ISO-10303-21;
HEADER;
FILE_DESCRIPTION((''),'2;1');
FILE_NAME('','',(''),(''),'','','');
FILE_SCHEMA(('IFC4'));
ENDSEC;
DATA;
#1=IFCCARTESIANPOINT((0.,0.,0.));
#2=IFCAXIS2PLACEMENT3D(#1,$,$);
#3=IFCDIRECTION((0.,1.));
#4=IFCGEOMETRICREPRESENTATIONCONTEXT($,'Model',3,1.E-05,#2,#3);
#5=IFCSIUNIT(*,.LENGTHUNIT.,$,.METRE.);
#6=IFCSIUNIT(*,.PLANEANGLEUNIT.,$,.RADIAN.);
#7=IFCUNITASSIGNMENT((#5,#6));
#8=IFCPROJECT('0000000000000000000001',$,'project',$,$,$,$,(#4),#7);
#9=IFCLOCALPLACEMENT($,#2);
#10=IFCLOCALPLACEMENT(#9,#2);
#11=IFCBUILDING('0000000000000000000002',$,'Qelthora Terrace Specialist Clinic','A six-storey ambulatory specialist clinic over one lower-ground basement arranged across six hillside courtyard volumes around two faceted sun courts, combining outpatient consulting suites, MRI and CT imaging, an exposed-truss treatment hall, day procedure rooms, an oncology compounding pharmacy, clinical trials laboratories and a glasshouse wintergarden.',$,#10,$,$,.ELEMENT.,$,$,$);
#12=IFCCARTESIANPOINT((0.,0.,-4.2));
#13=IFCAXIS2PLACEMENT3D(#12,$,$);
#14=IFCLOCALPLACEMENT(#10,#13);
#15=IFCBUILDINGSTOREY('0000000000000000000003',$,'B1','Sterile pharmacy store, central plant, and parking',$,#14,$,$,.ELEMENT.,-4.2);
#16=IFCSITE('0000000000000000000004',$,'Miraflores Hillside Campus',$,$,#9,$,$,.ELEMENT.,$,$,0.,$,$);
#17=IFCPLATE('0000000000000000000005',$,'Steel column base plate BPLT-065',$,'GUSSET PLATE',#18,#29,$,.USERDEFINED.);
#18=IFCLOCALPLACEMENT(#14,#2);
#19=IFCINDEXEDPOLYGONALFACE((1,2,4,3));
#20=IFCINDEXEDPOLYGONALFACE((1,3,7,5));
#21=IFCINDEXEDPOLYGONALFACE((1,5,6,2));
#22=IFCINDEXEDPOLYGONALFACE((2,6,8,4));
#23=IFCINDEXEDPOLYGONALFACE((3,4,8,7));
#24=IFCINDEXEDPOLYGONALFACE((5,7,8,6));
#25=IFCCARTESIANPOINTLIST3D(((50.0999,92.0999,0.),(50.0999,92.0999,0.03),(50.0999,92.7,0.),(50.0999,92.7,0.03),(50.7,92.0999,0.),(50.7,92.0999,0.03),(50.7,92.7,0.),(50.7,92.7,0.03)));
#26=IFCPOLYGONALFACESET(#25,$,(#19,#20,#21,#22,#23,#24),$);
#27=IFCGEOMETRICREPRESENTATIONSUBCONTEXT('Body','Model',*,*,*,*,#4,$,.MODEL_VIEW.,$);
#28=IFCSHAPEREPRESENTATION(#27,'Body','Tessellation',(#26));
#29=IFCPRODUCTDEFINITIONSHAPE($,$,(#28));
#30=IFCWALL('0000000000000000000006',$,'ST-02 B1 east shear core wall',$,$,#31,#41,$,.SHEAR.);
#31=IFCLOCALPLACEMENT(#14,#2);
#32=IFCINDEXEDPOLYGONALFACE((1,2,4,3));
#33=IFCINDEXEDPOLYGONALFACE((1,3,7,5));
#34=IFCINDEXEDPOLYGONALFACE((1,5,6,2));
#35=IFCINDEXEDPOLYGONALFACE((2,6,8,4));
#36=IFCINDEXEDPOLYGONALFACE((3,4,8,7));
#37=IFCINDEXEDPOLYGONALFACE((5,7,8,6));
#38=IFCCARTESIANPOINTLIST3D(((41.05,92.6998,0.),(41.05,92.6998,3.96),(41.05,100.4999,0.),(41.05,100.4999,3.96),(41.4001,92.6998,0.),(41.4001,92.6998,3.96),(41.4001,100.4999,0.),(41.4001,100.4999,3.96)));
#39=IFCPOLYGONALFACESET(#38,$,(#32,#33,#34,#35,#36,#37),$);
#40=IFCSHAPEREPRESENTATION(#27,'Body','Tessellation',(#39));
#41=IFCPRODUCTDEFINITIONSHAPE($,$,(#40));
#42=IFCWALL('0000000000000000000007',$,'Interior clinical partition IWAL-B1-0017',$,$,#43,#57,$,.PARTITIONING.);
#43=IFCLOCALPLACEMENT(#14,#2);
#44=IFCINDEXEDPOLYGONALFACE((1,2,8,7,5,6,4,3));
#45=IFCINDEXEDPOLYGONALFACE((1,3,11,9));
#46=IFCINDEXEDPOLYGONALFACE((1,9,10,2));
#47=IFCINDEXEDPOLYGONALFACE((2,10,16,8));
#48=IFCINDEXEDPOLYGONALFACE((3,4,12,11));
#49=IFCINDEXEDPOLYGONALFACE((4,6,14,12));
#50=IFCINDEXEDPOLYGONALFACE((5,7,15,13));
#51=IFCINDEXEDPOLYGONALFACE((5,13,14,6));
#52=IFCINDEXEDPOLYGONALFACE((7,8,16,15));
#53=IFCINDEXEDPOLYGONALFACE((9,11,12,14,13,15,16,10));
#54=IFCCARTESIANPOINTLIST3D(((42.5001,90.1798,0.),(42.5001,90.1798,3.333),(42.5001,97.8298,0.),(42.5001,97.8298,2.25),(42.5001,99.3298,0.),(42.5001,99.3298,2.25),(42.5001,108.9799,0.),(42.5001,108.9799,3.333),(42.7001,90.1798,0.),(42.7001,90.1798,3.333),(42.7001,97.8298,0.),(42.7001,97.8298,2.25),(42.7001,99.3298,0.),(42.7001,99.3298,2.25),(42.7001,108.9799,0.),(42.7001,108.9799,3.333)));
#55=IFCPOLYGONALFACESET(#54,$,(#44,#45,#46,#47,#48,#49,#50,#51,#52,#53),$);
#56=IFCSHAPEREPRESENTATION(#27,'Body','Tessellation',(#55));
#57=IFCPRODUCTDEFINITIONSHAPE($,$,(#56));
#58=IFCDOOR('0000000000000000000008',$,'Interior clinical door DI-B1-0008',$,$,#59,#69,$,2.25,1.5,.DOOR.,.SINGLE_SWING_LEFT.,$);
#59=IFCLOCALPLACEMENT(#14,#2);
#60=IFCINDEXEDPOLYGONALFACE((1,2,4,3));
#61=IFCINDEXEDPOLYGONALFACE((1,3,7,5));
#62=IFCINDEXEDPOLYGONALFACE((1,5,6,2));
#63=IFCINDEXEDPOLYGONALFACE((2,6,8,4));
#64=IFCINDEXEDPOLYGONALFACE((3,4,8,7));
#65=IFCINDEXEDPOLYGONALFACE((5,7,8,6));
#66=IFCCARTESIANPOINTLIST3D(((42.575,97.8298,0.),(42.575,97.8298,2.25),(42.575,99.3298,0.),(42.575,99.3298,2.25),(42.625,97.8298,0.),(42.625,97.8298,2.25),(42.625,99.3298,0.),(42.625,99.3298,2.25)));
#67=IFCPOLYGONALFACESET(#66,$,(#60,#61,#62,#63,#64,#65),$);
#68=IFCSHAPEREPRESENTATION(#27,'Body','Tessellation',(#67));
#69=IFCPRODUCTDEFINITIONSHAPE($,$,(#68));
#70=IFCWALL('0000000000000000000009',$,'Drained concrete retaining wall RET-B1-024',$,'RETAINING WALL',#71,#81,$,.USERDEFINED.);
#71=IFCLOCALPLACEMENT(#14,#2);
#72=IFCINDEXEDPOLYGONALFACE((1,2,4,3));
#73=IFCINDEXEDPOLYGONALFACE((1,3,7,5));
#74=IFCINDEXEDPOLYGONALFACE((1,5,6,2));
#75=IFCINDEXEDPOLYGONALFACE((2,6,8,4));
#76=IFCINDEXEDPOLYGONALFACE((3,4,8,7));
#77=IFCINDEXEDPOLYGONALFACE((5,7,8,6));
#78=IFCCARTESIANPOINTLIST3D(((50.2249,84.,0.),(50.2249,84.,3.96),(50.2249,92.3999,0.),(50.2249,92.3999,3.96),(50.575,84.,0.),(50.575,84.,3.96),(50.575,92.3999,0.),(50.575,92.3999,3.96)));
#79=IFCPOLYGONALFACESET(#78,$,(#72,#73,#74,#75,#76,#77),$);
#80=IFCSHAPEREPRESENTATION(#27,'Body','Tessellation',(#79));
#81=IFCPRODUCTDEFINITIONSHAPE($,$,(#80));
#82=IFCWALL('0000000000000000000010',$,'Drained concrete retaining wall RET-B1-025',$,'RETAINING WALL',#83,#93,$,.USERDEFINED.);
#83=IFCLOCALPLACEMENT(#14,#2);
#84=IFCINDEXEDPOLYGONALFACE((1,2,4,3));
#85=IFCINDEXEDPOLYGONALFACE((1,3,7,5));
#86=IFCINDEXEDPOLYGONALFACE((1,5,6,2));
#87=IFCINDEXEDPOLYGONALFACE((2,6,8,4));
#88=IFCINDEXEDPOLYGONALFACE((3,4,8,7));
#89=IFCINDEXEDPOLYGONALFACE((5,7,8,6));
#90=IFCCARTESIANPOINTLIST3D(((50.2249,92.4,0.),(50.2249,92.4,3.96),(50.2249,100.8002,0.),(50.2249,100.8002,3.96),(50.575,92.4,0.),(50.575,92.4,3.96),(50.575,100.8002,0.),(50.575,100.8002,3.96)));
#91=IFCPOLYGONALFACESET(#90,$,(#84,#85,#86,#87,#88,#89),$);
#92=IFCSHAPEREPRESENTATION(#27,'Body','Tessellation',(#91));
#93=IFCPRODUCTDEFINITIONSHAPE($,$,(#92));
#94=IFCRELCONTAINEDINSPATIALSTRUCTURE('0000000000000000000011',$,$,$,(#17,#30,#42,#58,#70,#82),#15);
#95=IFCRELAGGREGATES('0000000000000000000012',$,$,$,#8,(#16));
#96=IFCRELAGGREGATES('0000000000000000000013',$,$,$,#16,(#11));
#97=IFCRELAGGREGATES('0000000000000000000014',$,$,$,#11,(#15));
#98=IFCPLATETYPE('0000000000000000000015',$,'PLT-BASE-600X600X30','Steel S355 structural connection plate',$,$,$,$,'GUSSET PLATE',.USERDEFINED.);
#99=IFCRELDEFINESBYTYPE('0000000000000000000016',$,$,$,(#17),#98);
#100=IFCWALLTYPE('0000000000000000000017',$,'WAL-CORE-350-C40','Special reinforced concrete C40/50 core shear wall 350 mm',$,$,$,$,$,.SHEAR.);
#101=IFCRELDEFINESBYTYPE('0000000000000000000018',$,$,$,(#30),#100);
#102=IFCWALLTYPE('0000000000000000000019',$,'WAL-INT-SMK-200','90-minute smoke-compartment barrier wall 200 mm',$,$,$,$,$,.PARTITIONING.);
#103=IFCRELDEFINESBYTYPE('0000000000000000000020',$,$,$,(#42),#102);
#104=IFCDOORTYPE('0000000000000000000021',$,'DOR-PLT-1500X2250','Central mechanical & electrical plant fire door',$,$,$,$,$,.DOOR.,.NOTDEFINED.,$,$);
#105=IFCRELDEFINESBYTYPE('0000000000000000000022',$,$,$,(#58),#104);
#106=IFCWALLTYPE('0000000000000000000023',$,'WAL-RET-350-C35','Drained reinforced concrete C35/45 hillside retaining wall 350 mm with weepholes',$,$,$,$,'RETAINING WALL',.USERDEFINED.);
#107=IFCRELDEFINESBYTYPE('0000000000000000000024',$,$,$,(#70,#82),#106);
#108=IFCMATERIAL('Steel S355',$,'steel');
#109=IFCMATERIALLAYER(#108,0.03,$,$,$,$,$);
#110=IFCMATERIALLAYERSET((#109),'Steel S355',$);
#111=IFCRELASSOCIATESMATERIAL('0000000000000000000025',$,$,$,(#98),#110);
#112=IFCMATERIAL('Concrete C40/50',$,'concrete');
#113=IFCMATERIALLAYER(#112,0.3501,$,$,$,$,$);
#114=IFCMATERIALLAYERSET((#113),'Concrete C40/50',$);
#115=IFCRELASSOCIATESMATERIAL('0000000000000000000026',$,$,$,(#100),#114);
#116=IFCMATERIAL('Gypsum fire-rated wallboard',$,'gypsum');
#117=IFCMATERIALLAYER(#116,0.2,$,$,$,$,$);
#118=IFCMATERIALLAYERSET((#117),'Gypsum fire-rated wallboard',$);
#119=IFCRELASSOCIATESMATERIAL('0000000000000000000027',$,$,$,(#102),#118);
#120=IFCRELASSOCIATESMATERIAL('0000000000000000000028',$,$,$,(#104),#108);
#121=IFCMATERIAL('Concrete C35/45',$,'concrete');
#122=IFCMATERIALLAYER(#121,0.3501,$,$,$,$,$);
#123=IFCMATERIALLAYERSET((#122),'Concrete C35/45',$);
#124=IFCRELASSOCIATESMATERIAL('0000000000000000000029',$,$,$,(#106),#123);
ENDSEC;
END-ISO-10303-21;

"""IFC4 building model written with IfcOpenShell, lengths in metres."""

from ifc_helpers import new_model, si_unit, direction, frame, frame_2d, origin, origin_2d, place, context, subcontext, project, spatial, rectangle, extrude, material, layer, layer_set, type_object, element, fill, save


model = new_model("IFC4")

# Units and contexts
model_context = context("Model", 3, precision=1e-05, world=origin(), true_north=direction((0.0, 1.0)))
body_context = subcontext(model_context, "Body", "Model", "MODEL_VIEW")
ifc_project = project(units=[si_unit("LENGTHUNIT", "METRE"), si_unit("PLANEANGLEUNIT", "RADIAN")], contexts=[model_context])

# Site, building, storey
site_placement = place(None, origin())
site = spatial("IfcSite", under=ifc_project, at=site_placement, Name="Miraflores Hillside Campus", CompositionType="ELEMENT", RefElevation=0.0)
building_placement = place(site_placement, origin())
building = spatial("IfcBuilding", under=site, at=building_placement, Name="Qelthora Terrace Specialist Clinic", Description="A six-storey ambulatory specialist clinic over one lower-ground basement arranged across six hillside courtyard volumes around two faceted sun courts, combining outpatient consulting suites, MRI and CT imaging, an exposed-truss treatment hall, day procedure rooms, an oncology compounding pharmacy, clinical trials laboratories and a glasshouse wintergarden.", CompositionType="ELEMENT")
storey_placement = place(building_placement, frame((0.0, 0.0, -4.2)))
storey = spatial("IfcBuildingStorey", under=building, at=storey_placement, Name="B1", Description="Sterile pharmacy store, central plant, and parking", CompositionType="ELEMENT", Elevation=-4.2)

# Shared definitions
ifc_material_1 = material(Name="Concrete C35/45", Category="concrete")

# Shared definitions
ifc_material_2 = material(Name="Concrete C40/50", Category="concrete")
ifc_material_3 = material(Name="Steel S355", Category="steel")

# Plate
ifc_layer_1 = layer(ifc_material_3, 0.03)
ifc_layer_set_1 = layer_set([ifc_layer_1], Name="Steel S355")
plate_type = type_object("IfcPlateType", Name="PLT-BASE-600X600X30", Description="Steel S355 structural connection plate", ElementType="GUSSET PLATE", PredefinedType="USERDEFINED", material=ifc_layer_set_1)
for number, where, z_axis, x_axis, name in (
    (1, (50.3999, 92.3999, 0.0), (0.0, 0.0, 1.0), (1.0, 0.0, 0.0), "Steel column base plate BPLT-065"),
):
    element("IfcPlate", number, at=place(storey_placement, frame(where, z_axis=z_axis, x_axis=x_axis)), inside=storey, type_object=plate_type, Name=name, ObjectType="GUSSET PLATE", PredefinedType="USERDEFINED", context=body_context, shape_type="SweptSolid", body=[
        extrude(rectangle(XDim=0.6001, YDim=0.6001, at=origin_2d()), origin(), (0.0, 0.0, 1.0), 0.03),
    ])

# Wall
ifc_layer_2 = layer(ifc_material_2, 0.3501)
ifc_layer_set_2 = layer_set([ifc_layer_2], Name="Concrete C40/50")
wall_type_1 = type_object("IfcWallType", Name="WAL-CORE-350-C40", Description="Special reinforced concrete C40/50 core shear wall 350 mm", PredefinedType="SHEAR", material=ifc_layer_set_2)
wall_1_placement = place(storey_placement, frame((41.2251, 92.7, 0.0), z_axis=(0.0, 0.0, 1.0), x_axis=(0.0, 1.0, 0.0)))
element("IfcWall", 2, at=wall_1_placement, inside=storey, type_object=wall_type_1, Name="ST-02 B1 east shear core wall", PredefinedType="SHEAR", context=body_context, shape_type="SweptSolid", body=[
    extrude(rectangle(XDim=7.8, YDim=0.3501, at=frame_2d((3.8999, 0.0))), origin(), (0.0, 0.0, 1.0), 3.96),
])

# Wall, opening, door
ifc_material_4 = material(Name="Gypsum fire-rated wallboard", Category="gypsum")
ifc_layer_3 = layer(ifc_material_4, 0.2)
ifc_layer_set_3 = layer_set([ifc_layer_3], Name="Gypsum fire-rated wallboard")
wall_type_2 = type_object("IfcWallType", Name="WAL-INT-SMK-200", Description="90-minute smoke-compartment barrier wall 200 mm", PredefinedType="PARTITIONING", material=ifc_layer_set_3)
wall_2_placement = place(storey_placement, frame((42.6001, 90.1799, 0.0), z_axis=(0.0, 0.0, 1.0), x_axis=(0.0, 1.0, 0.0)))
wall_2 = element("IfcWall", 3, at=wall_2_placement, inside=storey, type_object=wall_type_2, Name="Interior clinical partition IWAL-B1-0017", PredefinedType="PARTITIONING", context=body_context, shape_type="SweptSolid", body=[
    extrude(rectangle(XDim=18.8, YDim=0.2, at=frame_2d((9.3999, 0.0))), origin(), (0.0, 0.0, 1.0), 3.333),
])
opening_placement = place(wall_2_placement, frame((7.6499, 0.0, 0.0)))
opening = element("IfcOpeningElement", 4, at=opening_placement, cuts=wall_2, PredefinedType="OPENING", context=body_context, shape_type="SweptSolid", body=[
    extrude(rectangle(XDim=1.5, YDim=2.25, at=frame_2d((0.75, 1.125))), frame((0.0, 0.1099, 0.0), z_axis=(0.0, -1.0, 0.0), x_axis=(1.0, 0.0, 0.0)), (0.0, 0.0, 1.0), 0.22),
])
door_type = type_object("IfcDoorType", Name="DOR-PLT-1500X2250", Description="Central mechanical & electrical plant fire door", OperationType="NOTDEFINED", PredefinedType="DOOR", material=ifc_material_3)
door_placement = place(opening_placement, frame((1.5, 0.0, 0.0), z_axis=(0.0, 0.0, 1.0), x_axis=(-1.0, 0.0, 0.0)))
door = element("IfcDoor", 5, at=door_placement, inside=storey, type_object=door_type, Name="Interior clinical door DI-B1-0008", OperationType="SINGLE_SWING_LEFT", OverallHeight=2.25, OverallWidth=1.5, PredefinedType="DOOR", context=body_context, shape_type="SweptSolid", body=[
    extrude(rectangle(XDim=1.5, YDim=2.25, at=frame_2d((0.75, 1.125))), frame((0.0, 0.0249, 0.0), z_axis=(0.0, -1.0, 0.0), x_axis=(1.0, 0.0, 0.0)), (0.0, 0.0, 1.0), 0.05),
])
fill(opening, door)

# Walls
ifc_layer_4 = layer(ifc_material_1, 0.3501)
ifc_layer_set_4 = layer_set([ifc_layer_4], Name="Concrete C35/45")
wall_type_3 = type_object("IfcWallType", Name="WAL-RET-350-C35", Description="Drained reinforced concrete C35/45 hillside retaining wall 350 mm with weepholes", ElementType="RETAINING WALL", PredefinedType="USERDEFINED", material=ifc_layer_set_4)
wall_3_placement = place(storey_placement, frame((50.3999, 84.0, 0.0), z_axis=(0.0, 0.0, 1.0), x_axis=(0.0, 1.0, 0.0)))
element("IfcWall", 6, at=wall_3_placement, inside=storey, type_object=wall_type_3, Name="Drained concrete retaining wall RET-B1-024", ObjectType="RETAINING WALL", PredefinedType="USERDEFINED", context=body_context, shape_type="SweptSolid", body=[
    extrude(rectangle(XDim=8.3999, YDim=0.3501, at=frame_2d((4.2, 0.0))), origin(), (0.0, 0.0, 1.0), 3.96),
])
wall_4_placement = place(storey_placement, frame((50.3999, 92.3999, 0.0), z_axis=(0.0, 0.0, 1.0), x_axis=(0.0, 1.0, 0.0)))
element("IfcWall", 7, at=wall_4_placement, inside=storey, type_object=wall_type_3, Name="Drained concrete retaining wall RET-B1-025", ObjectType="RETAINING WALL", PredefinedType="USERDEFINED", context=body_context, shape_type="SweptSolid", body=[
    extrude(rectangle(XDim=8.4001, YDim=0.3501, at=frame_2d((4.2002, 0.0))), origin(), (0.0, 0.0, 1.0), 3.96),
])

save(model, "model.ifc")
